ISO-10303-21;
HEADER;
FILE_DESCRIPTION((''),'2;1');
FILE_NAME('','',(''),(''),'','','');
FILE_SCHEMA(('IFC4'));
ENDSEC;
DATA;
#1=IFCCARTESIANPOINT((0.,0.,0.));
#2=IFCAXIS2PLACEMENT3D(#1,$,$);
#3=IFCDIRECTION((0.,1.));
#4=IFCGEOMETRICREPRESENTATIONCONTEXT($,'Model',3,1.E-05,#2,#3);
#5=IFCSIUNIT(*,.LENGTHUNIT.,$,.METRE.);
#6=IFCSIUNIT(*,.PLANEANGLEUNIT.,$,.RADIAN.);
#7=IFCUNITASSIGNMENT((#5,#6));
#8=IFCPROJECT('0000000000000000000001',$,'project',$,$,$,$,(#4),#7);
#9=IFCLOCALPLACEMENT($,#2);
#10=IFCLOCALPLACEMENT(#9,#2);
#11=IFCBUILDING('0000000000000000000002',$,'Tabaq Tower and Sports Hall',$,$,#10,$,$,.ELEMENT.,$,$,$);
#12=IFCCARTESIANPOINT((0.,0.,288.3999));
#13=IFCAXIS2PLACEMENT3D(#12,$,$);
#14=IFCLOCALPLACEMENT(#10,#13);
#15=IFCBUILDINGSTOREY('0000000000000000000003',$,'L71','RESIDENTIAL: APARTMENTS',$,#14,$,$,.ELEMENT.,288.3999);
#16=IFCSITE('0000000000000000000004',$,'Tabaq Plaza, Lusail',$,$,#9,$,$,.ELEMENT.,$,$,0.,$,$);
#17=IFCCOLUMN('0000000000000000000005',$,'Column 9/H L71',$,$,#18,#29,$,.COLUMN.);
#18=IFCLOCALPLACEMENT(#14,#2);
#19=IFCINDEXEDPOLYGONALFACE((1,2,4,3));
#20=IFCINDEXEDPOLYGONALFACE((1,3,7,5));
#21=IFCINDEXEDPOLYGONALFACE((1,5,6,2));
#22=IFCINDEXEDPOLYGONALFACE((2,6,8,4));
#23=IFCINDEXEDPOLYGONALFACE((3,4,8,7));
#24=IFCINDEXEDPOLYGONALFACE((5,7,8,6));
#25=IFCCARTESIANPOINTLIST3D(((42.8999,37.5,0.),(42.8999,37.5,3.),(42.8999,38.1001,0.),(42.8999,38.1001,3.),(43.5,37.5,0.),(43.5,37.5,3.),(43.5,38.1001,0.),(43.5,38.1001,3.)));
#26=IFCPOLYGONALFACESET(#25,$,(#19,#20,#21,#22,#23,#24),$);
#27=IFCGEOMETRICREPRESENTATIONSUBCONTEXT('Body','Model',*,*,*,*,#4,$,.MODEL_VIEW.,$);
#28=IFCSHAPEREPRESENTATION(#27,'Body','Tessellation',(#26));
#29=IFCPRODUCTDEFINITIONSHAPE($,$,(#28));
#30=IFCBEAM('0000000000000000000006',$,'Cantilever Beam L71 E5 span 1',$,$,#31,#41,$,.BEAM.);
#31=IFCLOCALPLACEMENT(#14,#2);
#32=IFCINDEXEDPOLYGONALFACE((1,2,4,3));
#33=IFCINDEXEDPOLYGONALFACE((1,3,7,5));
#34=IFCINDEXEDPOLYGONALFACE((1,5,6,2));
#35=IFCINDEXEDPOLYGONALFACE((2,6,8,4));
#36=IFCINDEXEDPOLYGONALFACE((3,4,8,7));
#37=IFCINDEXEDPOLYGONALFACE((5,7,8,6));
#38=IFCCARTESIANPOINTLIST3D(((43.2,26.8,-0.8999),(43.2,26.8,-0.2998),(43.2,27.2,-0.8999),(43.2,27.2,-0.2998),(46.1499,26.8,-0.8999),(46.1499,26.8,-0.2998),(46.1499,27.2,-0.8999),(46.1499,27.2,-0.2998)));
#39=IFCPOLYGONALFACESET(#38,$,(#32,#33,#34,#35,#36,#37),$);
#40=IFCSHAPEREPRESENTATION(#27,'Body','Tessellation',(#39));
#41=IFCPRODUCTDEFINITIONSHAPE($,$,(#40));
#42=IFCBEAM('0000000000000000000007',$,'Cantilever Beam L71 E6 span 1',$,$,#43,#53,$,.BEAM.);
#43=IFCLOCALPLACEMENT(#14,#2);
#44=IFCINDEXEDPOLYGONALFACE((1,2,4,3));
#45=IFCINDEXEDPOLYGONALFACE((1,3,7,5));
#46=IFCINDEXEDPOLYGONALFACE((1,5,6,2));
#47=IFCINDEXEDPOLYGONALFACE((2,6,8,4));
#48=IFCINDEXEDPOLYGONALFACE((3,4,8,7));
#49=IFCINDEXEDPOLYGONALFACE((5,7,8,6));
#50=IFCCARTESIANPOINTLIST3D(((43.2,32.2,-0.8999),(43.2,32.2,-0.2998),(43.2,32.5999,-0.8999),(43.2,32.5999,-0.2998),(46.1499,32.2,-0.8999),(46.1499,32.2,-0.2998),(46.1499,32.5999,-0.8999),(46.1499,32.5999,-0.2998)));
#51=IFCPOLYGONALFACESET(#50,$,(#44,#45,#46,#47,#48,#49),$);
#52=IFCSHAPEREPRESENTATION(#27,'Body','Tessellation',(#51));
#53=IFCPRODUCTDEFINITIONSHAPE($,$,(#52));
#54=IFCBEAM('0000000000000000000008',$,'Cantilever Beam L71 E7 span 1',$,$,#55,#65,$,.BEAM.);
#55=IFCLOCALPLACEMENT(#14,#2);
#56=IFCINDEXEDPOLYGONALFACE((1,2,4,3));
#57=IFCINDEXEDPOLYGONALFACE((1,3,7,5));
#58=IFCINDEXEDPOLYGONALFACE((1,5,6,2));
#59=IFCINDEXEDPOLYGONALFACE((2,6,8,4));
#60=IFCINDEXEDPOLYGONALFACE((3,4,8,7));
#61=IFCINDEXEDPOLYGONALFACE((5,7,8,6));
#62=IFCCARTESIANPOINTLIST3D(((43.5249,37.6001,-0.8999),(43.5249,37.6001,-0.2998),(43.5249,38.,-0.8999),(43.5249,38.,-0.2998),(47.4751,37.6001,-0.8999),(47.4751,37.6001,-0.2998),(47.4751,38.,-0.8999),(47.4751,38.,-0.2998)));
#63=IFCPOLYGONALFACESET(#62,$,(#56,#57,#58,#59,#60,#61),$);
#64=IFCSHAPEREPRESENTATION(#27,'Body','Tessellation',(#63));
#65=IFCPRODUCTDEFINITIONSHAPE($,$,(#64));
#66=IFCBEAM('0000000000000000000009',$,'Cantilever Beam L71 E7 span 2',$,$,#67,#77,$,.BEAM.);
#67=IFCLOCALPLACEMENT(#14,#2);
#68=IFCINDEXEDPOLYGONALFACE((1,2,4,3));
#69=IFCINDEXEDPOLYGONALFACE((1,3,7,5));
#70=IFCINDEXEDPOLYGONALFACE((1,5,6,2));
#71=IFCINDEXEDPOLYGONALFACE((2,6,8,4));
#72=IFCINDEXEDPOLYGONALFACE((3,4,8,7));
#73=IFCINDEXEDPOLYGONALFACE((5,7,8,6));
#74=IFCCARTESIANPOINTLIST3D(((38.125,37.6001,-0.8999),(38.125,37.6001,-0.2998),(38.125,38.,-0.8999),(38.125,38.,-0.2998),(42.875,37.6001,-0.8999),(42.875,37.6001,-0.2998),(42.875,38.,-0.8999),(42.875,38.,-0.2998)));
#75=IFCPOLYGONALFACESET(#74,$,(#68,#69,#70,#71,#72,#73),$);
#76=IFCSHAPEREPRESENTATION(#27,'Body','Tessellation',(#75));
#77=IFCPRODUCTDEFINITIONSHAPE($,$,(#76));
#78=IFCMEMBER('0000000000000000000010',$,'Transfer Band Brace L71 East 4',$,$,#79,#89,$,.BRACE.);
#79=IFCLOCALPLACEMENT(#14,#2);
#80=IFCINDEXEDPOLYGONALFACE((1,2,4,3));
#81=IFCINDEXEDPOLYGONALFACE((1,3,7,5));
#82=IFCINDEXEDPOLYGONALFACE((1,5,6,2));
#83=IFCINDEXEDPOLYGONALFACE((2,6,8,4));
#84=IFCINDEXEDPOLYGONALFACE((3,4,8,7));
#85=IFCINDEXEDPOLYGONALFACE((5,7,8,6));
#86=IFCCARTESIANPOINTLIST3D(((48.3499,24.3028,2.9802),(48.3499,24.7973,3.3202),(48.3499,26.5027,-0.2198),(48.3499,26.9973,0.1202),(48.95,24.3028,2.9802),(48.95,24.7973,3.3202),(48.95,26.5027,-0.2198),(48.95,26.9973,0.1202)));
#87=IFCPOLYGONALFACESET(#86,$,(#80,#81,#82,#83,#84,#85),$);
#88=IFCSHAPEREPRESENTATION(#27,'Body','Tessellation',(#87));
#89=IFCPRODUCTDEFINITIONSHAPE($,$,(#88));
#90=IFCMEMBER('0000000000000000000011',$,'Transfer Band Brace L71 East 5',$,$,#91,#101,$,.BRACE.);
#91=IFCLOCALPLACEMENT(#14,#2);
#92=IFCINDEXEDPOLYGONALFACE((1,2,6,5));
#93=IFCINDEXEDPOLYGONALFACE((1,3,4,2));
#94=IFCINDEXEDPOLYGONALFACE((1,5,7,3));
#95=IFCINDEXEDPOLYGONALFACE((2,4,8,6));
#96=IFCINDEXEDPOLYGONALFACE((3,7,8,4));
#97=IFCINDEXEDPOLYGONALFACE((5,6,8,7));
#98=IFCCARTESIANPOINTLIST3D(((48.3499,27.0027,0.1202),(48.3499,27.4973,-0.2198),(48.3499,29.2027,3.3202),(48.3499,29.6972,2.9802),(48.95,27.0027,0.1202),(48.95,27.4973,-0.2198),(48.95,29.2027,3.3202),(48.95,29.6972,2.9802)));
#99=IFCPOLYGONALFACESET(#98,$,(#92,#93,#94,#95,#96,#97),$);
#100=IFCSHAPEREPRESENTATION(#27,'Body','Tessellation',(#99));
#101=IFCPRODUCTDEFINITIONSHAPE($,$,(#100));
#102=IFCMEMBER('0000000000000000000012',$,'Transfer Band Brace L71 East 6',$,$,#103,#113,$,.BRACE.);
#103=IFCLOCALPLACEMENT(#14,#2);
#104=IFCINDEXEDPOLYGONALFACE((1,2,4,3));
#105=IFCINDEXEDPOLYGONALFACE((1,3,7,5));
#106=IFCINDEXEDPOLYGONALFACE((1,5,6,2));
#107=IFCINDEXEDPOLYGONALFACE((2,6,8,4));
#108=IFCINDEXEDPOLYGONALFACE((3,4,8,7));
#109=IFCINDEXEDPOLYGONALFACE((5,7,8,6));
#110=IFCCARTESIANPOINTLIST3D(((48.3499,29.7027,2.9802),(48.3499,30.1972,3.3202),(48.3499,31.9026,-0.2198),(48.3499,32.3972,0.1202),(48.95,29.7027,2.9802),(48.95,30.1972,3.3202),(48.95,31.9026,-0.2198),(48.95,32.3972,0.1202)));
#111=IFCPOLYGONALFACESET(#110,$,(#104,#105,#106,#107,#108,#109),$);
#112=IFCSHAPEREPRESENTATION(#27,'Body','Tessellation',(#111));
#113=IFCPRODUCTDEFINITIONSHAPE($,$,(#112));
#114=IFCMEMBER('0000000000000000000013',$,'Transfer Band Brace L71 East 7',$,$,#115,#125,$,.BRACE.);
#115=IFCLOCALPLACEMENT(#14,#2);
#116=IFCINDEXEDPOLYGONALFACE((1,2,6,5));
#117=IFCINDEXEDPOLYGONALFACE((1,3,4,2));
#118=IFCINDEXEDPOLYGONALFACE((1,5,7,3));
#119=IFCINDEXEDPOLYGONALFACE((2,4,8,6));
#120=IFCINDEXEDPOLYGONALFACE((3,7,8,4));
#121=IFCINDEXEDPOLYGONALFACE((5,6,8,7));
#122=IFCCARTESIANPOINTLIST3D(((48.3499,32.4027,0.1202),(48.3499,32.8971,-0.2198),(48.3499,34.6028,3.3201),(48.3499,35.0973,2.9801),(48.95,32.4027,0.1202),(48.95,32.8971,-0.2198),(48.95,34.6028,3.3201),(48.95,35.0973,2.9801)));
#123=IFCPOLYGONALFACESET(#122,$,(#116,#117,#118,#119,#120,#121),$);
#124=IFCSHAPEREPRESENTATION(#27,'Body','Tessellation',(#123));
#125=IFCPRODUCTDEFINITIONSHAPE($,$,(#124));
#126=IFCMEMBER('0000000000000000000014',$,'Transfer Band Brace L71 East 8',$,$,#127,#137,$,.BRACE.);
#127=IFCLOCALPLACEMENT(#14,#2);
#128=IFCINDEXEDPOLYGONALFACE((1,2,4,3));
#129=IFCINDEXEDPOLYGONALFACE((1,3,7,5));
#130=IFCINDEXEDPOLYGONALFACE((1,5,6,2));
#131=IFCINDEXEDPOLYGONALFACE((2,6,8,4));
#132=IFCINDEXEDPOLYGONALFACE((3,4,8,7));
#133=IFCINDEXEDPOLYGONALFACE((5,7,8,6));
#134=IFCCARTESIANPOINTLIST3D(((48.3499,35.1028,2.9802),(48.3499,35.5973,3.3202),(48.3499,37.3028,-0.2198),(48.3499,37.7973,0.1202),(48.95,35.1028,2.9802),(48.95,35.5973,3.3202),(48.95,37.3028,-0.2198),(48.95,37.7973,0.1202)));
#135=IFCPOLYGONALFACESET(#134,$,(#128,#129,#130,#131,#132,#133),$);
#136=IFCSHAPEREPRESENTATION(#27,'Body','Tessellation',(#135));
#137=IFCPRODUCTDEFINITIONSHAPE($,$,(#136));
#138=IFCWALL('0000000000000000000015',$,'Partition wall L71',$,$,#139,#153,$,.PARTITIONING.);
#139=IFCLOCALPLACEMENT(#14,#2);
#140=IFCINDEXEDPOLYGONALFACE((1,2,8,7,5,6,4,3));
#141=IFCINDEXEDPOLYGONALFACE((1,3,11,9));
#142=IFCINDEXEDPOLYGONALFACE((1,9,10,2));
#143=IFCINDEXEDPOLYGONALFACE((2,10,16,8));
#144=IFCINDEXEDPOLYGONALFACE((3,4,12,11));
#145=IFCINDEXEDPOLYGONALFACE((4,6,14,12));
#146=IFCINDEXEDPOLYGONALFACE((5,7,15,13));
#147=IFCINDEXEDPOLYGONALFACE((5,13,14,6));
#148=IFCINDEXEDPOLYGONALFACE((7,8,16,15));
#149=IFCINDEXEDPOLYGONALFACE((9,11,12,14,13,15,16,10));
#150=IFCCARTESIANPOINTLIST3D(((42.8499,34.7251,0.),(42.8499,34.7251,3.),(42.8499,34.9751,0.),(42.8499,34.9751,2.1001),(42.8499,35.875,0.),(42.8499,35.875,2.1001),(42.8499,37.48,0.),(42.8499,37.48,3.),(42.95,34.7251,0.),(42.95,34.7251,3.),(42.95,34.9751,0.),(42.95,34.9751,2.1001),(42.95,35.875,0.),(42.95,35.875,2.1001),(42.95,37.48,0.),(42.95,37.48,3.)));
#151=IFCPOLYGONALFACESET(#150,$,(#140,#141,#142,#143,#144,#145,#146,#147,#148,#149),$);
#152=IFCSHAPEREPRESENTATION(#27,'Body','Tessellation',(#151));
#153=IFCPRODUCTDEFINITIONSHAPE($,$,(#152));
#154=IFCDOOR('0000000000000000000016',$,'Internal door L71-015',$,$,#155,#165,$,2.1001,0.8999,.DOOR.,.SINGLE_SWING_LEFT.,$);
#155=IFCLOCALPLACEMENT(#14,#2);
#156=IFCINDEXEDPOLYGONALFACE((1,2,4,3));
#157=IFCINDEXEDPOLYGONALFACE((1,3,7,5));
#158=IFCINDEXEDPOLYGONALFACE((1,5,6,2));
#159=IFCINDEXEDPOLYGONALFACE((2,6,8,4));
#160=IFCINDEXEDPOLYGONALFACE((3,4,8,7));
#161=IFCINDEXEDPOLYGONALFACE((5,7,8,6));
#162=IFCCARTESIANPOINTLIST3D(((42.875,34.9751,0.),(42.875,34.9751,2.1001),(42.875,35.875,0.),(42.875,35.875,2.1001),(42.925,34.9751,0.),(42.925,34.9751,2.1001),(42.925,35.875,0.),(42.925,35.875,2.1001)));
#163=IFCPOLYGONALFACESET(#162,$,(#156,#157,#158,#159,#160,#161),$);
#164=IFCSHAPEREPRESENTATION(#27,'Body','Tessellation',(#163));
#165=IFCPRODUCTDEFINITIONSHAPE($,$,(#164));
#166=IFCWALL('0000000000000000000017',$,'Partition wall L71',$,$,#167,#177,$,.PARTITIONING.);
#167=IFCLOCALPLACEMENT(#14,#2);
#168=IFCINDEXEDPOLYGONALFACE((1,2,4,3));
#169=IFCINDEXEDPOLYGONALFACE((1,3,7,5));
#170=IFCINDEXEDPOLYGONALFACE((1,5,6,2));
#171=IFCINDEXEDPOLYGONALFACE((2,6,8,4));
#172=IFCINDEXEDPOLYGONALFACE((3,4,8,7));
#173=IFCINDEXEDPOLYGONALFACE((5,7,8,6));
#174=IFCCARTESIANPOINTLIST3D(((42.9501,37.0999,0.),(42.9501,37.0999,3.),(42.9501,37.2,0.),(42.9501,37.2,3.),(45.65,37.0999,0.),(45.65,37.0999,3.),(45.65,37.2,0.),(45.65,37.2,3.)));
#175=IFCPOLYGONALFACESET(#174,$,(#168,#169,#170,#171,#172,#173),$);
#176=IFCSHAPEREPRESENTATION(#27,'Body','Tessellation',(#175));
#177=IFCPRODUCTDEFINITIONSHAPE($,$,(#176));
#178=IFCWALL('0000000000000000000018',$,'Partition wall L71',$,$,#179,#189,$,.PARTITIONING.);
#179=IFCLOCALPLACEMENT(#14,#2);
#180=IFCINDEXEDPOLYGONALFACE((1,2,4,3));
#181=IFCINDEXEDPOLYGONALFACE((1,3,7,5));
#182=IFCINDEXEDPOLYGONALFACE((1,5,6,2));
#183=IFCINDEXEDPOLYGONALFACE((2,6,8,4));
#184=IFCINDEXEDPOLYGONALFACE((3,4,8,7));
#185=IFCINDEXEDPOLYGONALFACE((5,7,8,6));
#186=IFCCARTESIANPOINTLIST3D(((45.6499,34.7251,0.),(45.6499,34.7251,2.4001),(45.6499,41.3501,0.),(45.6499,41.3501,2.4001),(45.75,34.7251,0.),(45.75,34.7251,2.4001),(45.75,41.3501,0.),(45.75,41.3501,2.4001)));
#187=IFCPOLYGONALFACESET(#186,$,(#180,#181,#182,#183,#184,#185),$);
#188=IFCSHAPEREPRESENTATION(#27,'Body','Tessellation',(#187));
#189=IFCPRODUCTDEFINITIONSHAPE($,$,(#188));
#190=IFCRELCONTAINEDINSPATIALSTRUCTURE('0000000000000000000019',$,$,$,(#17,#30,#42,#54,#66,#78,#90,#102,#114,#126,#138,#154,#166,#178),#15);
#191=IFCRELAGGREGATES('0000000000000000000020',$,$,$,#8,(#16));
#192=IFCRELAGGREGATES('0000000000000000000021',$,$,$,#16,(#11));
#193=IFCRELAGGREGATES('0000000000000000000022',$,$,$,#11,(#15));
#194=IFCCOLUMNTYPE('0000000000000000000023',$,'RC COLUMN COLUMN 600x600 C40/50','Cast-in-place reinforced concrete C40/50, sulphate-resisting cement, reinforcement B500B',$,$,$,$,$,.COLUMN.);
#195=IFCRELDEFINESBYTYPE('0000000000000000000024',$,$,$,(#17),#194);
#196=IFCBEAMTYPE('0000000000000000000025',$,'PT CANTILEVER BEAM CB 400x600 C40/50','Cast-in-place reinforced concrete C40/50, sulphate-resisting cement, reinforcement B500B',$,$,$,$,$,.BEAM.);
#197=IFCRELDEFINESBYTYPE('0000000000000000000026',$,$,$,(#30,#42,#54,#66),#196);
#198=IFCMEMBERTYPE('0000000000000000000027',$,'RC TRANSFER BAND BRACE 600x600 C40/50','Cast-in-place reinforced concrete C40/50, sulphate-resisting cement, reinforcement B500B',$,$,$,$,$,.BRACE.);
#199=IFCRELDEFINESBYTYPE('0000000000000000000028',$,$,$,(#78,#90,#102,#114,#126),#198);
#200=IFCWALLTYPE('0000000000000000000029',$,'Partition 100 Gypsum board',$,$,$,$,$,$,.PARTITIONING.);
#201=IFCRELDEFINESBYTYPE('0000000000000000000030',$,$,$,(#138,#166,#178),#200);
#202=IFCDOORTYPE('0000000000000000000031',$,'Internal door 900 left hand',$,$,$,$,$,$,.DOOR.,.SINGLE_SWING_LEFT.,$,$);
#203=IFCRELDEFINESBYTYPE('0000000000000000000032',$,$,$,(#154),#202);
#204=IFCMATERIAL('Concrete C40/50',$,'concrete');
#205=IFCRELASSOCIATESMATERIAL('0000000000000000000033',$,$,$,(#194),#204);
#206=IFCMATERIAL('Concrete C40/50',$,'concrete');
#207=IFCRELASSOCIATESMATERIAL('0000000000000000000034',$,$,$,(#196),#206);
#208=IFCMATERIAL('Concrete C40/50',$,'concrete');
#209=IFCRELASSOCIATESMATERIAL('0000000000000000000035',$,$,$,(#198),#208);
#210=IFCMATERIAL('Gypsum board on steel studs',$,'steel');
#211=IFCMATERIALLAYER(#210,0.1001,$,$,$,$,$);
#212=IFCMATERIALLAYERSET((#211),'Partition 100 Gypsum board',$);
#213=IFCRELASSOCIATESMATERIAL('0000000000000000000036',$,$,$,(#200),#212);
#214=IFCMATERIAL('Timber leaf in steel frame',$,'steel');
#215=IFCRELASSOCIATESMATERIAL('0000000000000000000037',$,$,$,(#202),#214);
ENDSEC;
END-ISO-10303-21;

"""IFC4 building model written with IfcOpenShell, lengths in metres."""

from ifc_helpers import new_model, si_unit, direction, frame, frame_2d, origin, origin_2d, place, context, subcontext, project, spatial, rectangle, extrude, material, layer, layer_set, material_profile, profile_set, type_object, element, fill, save


model = new_model("IFC4")

# Units and contexts
model_context = context("Model", 3, precision=1e-05, world=origin(), true_north=direction((0.0, 1.0)))
body_context = subcontext(model_context, "Body", "Model", "MODEL_VIEW")
ifc_project = project(units=[si_unit("LENGTHUNIT", "METRE"), si_unit("PLANEANGLEUNIT", "RADIAN")], contexts=[model_context])

# Site, building, storey
site_placement = place(None, origin())
site = spatial("IfcSite", under=ifc_project, at=site_placement, Name="Tabaq Plaza, Lusail", CompositionType="ELEMENT", RefElevation=0.0)
building_placement = place(site_placement, origin())
building = spatial("IfcBuilding", under=site, at=building_placement, Name="Tabaq Tower and Sports Hall", CompositionType="ELEMENT")
storey_placement = place(building_placement, frame((0.0, 0.0, 288.3999)))
storey = spatial("IfcBuildingStorey", under=building, at=storey_placement, Name="L71", Description="RESIDENTIAL: APARTMENTS", CompositionType="ELEMENT", Elevation=288.3999)

# Column
ifc_material_1 = material(Name="Concrete C40/50", Category="concrete")
ifc_material_profile_1 = material_profile(ifc_material_1, rectangle(XDim=0.6001, YDim=0.6001, at=origin_2d()), Name="COLUMN 600x600")
ifc_profile_set_1 = profile_set([ifc_material_profile_1], Name="Concrete C40/50")
column_type = type_object("IfcColumnType", Name="RC COLUMN COLUMN 600x600 C40/50", Description="Cast-in-place reinforced concrete C40/50, sulphate-resisting cement, reinforcement B500B", PredefinedType="COLUMN", material=ifc_profile_set_1)
column_placement = place(storey_placement, frame((43.2, 37.8, 0.0), z_axis=(0.0, 0.0, 1.0), x_axis=(1.0, 0.0, 0.0)))
element("IfcColumn", 1, at=column_placement, inside=storey, type_object=column_type, Name="Column 9/H L71", PredefinedType="COLUMN", context=body_context, shape_type="SweptSolid", body=[
    extrude(rectangle(XDim=0.6001, YDim=0.6001, at=origin_2d()), origin(), (0.0, 0.0, 1.0), 3.0),
])

# Beams
ifc_material_2 = material(Name="Concrete C40/50", Category="concrete")
ifc_material_profile_2 = material_profile(ifc_material_2, rectangle(XDim=0.3999, YDim=0.6001, at=origin_2d()), Name="CB 400x600")
ifc_profile_set_2 = profile_set([ifc_material_profile_2], Name="Concrete C40/50")
beam_type = type_object("IfcBeamType", Name="PT CANTILEVER BEAM CB 400x600 C40/50", Description="Cast-in-place reinforced concrete C40/50, sulphate-resisting cement, reinforcement B500B", PredefinedType="BEAM", material=ifc_profile_set_2)
for number, where, z_axis, x_axis, name in (
    (2, (46.1499, 27.0, -0.5999), (-1.0, 0.0, 0.0), (0.0, -1.0, 0.0), "Cantilever Beam L71 E5 span 1"),
    (3, (46.1499, 32.3999, -0.5999), (-1.0, 0.0, 0.0), (0.0, -1.0, 0.0), "Cantilever Beam L71 E6 span 1"),
):
    element("IfcBeam", number, at=place(storey_placement, frame(where, z_axis=z_axis, x_axis=x_axis)), inside=storey, type_object=beam_type, Name=name, PredefinedType="BEAM", context=body_context, shape_type="SweptSolid", body=[
        extrude(rectangle(XDim=0.3999, YDim=0.6001, at=origin_2d()), origin(), (0.0, 0.0, 1.0), 2.95),
    ])
beam_1_placement = place(storey_placement, frame((47.4751, 37.8, -0.5999), z_axis=(-1.0, 0.0, 0.0), x_axis=(0.0, -1.0, 0.0)))
element("IfcBeam", 4, at=beam_1_placement, inside=storey, type_object=beam_type, Name="Cantilever Beam L71 E7 span 1", PredefinedType="BEAM", context=body_context, shape_type="SweptSolid", body=[
    extrude(rectangle(XDim=0.3999, YDim=0.6001, at=origin_2d()), origin(), (0.0, 0.0, 1.0), 3.9502),
])
beam_2_placement = place(storey_placement, frame((42.875, 37.8, -0.5999), z_axis=(-1.0, 0.0, 0.0), x_axis=(0.0, -1.0, 0.0)))
element("IfcBeam", 5, at=beam_2_placement, inside=storey, type_object=beam_type, Name="Cantilever Beam L71 E7 span 2", PredefinedType="BEAM", context=body_context, shape_type="SweptSolid", body=[
    extrude(rectangle(XDim=0.3999, YDim=0.6001, at=origin_2d()), origin(), (0.0, 0.0, 1.0), 4.75),
])

# Members
ifc_material_3 = material(Name="Concrete C40/50", Category="concrete")
ifc_material_profile_3 = material_profile(ifc_material_3, rectangle(XDim=0.6001, YDim=0.6001, at=origin_2d()), Name="TRANSFER BAND BRACE 600x600")
ifc_profile_set_3 = profile_set([ifc_material_profile_3], Name="Concrete C40/50")
member_type = type_object("IfcMemberType", Name="RC TRANSFER BAND BRACE 600x600 C40/50", Description="Cast-in-place reinforced concrete C40/50, sulphate-resisting cement, reinforcement B500B", PredefinedType="BRACE", material=ifc_profile_set_3)
for number, where, z_axis, x_axis, name in (
    (6, (48.6499, 26.75, -0.0498), (0.0, -0.566526, 0.824044), (1.0, 0.0, 0.0), "Transfer Band Brace L71 East 4"),
    (7, (48.6499, 27.25, -0.0498), (0.0, 0.566526, 0.824044), (-1.0, 0.0, 0.0), "Transfer Band Brace L71 East 5"),
    (8, (48.6499, 32.1499, -0.0498), (0.0, -0.566526, 0.824044), (1.0, 0.0, 0.0), "Transfer Band Brace L71 East 6"),
    (9, (48.6499, 32.6499, -0.0498), (0.0, 0.566569, 0.824014), (-1.0, 0.0, 0.0), "Transfer Band Brace L71 East 7"),
    (10, (48.6499, 37.55, -0.0498), (0.0, -0.566526, 0.824044), (1.0, 0.0, 0.0), "Transfer Band Brace L71 East 8"),
):
    element("IfcMember", number, at=place(storey_placement, frame(where, z_axis=z_axis, x_axis=x_axis)), inside=storey, type_object=member_type, Name=name, PredefinedType="BRACE", context=body_context, shape_type="SweptSolid", body=[
        extrude(rectangle(XDim=0.6001, YDim=0.6001, at=origin_2d()), origin(), (0.0, 0.0, 1.0), 3.8833),
    ])

# Wall, opening, door
ifc_material_4 = material(Name="Gypsum board on steel studs", Category="steel")
ifc_layer_1 = layer(ifc_material_4, 0.1001)
ifc_layer_set_1 = layer_set([ifc_layer_1], Name="Partition 100 Gypsum board")
wall_type_1 = type_object("IfcWallType", Name="Partition 100 Gypsum board", PredefinedType="PARTITIONING", material=ifc_layer_set_1)
wall_1_placement = place(storey_placement, frame((42.8999, 34.7251, 0.0), z_axis=(0.0, 0.0, 1.0), x_axis=(0.0, 1.0, 0.0)))
wall_1 = element("IfcWall", 11, at=wall_1_placement, inside=storey, type_object=wall_type_1, Name="Partition wall L71", PredefinedType="PARTITIONING", context=body_context, shape_type="SweptSolid", body=[
    extrude(rectangle(XDim=2.7549, YDim=0.1001, at=frame_2d((1.3774, 0.0))), origin(), (0.0, 0.0, 1.0), 3.0),
])
opening_1_placement = place(wall_1_placement, frame((0.25, 0.0, 0.0)))
opening_1 = element("IfcOpeningElement", 12, at=opening_1_placement, cuts=wall_1, PredefinedType="OPENING", context=body_context, shape_type="SweptSolid", body=[
    extrude(rectangle(XDim=0.8999, YDim=2.1001, at=frame_2d((0.45, 1.05))), frame((0.0, 0.05, 0.0), z_axis=(0.0, -1.0, 0.0), x_axis=(1.0, 0.0, 0.0)), (0.0, 0.0, 1.0), 0.1001),
])
ifc_material_5 = material(Name="Timber leaf in steel frame", Category="steel")
door_type_1 = type_object("IfcDoorType", Name="Internal door 900 left hand", OperationType="SINGLE_SWING_LEFT", PredefinedType="DOOR", material=ifc_material_5)
door_1_placement = place(opening_1_placement, origin())
door_1 = element("IfcDoor", 13, at=door_1_placement, inside=storey, type_object=door_type_1, Name="Internal door L71-015", OperationType="SINGLE_SWING_LEFT", OverallHeight=2.1001, OverallWidth=0.8999, PredefinedType="DOOR", context=body_context, shape_type="SweptSolid", body=[
    extrude(rectangle(XDim=0.8999, YDim=2.1001, at=frame_2d((0.45, 1.05))), frame((0.0, 0.0249, 0.0), z_axis=(0.0, -1.0, 0.0), x_axis=(1.0, 0.0, 0.0)), (0.0, 0.0, 1.0), 0.05),
])
fill(opening_1, door_1)

# Walls
wall_2_placement = place(storey_placement, frame((42.95, 37.1499, 0.0), z_axis=(0.0, 0.0, 1.0), x_axis=(1.0, 0.0, 0.0)))
element("IfcWall", 14, at=wall_2_placement, inside=storey, type_object=wall_type_1, Name="Partition wall L71", PredefinedType="PARTITIONING", context=body_context, shape_type="SweptSolid", body=[
    extrude(rectangle(XDim=2.7, YDim=0.1001, at=frame_2d((1.3501, 0.0))), origin(), (0.0, 0.0, 1.0), 3.0),
])
wall_3_placement = place(storey_placement, frame((45.7, 34.7251, 0.0), z_axis=(0.0, 0.0, 1.0), x_axis=(0.0, 1.0, 0.0)))
element("IfcWall", 15, at=wall_3_placement, inside=storey, type_object=wall_type_1, Name="Partition wall L71", PredefinedType="PARTITIONING", context=body_context, shape_type="SweptSolid", body=[
    extrude(rectangle(XDim=6.625, YDim=0.1001, at=frame_2d((3.3125, 0.0))), origin(), (0.0, 0.0, 1.0), 2.4001),
])

save(model, "model.ifc")
